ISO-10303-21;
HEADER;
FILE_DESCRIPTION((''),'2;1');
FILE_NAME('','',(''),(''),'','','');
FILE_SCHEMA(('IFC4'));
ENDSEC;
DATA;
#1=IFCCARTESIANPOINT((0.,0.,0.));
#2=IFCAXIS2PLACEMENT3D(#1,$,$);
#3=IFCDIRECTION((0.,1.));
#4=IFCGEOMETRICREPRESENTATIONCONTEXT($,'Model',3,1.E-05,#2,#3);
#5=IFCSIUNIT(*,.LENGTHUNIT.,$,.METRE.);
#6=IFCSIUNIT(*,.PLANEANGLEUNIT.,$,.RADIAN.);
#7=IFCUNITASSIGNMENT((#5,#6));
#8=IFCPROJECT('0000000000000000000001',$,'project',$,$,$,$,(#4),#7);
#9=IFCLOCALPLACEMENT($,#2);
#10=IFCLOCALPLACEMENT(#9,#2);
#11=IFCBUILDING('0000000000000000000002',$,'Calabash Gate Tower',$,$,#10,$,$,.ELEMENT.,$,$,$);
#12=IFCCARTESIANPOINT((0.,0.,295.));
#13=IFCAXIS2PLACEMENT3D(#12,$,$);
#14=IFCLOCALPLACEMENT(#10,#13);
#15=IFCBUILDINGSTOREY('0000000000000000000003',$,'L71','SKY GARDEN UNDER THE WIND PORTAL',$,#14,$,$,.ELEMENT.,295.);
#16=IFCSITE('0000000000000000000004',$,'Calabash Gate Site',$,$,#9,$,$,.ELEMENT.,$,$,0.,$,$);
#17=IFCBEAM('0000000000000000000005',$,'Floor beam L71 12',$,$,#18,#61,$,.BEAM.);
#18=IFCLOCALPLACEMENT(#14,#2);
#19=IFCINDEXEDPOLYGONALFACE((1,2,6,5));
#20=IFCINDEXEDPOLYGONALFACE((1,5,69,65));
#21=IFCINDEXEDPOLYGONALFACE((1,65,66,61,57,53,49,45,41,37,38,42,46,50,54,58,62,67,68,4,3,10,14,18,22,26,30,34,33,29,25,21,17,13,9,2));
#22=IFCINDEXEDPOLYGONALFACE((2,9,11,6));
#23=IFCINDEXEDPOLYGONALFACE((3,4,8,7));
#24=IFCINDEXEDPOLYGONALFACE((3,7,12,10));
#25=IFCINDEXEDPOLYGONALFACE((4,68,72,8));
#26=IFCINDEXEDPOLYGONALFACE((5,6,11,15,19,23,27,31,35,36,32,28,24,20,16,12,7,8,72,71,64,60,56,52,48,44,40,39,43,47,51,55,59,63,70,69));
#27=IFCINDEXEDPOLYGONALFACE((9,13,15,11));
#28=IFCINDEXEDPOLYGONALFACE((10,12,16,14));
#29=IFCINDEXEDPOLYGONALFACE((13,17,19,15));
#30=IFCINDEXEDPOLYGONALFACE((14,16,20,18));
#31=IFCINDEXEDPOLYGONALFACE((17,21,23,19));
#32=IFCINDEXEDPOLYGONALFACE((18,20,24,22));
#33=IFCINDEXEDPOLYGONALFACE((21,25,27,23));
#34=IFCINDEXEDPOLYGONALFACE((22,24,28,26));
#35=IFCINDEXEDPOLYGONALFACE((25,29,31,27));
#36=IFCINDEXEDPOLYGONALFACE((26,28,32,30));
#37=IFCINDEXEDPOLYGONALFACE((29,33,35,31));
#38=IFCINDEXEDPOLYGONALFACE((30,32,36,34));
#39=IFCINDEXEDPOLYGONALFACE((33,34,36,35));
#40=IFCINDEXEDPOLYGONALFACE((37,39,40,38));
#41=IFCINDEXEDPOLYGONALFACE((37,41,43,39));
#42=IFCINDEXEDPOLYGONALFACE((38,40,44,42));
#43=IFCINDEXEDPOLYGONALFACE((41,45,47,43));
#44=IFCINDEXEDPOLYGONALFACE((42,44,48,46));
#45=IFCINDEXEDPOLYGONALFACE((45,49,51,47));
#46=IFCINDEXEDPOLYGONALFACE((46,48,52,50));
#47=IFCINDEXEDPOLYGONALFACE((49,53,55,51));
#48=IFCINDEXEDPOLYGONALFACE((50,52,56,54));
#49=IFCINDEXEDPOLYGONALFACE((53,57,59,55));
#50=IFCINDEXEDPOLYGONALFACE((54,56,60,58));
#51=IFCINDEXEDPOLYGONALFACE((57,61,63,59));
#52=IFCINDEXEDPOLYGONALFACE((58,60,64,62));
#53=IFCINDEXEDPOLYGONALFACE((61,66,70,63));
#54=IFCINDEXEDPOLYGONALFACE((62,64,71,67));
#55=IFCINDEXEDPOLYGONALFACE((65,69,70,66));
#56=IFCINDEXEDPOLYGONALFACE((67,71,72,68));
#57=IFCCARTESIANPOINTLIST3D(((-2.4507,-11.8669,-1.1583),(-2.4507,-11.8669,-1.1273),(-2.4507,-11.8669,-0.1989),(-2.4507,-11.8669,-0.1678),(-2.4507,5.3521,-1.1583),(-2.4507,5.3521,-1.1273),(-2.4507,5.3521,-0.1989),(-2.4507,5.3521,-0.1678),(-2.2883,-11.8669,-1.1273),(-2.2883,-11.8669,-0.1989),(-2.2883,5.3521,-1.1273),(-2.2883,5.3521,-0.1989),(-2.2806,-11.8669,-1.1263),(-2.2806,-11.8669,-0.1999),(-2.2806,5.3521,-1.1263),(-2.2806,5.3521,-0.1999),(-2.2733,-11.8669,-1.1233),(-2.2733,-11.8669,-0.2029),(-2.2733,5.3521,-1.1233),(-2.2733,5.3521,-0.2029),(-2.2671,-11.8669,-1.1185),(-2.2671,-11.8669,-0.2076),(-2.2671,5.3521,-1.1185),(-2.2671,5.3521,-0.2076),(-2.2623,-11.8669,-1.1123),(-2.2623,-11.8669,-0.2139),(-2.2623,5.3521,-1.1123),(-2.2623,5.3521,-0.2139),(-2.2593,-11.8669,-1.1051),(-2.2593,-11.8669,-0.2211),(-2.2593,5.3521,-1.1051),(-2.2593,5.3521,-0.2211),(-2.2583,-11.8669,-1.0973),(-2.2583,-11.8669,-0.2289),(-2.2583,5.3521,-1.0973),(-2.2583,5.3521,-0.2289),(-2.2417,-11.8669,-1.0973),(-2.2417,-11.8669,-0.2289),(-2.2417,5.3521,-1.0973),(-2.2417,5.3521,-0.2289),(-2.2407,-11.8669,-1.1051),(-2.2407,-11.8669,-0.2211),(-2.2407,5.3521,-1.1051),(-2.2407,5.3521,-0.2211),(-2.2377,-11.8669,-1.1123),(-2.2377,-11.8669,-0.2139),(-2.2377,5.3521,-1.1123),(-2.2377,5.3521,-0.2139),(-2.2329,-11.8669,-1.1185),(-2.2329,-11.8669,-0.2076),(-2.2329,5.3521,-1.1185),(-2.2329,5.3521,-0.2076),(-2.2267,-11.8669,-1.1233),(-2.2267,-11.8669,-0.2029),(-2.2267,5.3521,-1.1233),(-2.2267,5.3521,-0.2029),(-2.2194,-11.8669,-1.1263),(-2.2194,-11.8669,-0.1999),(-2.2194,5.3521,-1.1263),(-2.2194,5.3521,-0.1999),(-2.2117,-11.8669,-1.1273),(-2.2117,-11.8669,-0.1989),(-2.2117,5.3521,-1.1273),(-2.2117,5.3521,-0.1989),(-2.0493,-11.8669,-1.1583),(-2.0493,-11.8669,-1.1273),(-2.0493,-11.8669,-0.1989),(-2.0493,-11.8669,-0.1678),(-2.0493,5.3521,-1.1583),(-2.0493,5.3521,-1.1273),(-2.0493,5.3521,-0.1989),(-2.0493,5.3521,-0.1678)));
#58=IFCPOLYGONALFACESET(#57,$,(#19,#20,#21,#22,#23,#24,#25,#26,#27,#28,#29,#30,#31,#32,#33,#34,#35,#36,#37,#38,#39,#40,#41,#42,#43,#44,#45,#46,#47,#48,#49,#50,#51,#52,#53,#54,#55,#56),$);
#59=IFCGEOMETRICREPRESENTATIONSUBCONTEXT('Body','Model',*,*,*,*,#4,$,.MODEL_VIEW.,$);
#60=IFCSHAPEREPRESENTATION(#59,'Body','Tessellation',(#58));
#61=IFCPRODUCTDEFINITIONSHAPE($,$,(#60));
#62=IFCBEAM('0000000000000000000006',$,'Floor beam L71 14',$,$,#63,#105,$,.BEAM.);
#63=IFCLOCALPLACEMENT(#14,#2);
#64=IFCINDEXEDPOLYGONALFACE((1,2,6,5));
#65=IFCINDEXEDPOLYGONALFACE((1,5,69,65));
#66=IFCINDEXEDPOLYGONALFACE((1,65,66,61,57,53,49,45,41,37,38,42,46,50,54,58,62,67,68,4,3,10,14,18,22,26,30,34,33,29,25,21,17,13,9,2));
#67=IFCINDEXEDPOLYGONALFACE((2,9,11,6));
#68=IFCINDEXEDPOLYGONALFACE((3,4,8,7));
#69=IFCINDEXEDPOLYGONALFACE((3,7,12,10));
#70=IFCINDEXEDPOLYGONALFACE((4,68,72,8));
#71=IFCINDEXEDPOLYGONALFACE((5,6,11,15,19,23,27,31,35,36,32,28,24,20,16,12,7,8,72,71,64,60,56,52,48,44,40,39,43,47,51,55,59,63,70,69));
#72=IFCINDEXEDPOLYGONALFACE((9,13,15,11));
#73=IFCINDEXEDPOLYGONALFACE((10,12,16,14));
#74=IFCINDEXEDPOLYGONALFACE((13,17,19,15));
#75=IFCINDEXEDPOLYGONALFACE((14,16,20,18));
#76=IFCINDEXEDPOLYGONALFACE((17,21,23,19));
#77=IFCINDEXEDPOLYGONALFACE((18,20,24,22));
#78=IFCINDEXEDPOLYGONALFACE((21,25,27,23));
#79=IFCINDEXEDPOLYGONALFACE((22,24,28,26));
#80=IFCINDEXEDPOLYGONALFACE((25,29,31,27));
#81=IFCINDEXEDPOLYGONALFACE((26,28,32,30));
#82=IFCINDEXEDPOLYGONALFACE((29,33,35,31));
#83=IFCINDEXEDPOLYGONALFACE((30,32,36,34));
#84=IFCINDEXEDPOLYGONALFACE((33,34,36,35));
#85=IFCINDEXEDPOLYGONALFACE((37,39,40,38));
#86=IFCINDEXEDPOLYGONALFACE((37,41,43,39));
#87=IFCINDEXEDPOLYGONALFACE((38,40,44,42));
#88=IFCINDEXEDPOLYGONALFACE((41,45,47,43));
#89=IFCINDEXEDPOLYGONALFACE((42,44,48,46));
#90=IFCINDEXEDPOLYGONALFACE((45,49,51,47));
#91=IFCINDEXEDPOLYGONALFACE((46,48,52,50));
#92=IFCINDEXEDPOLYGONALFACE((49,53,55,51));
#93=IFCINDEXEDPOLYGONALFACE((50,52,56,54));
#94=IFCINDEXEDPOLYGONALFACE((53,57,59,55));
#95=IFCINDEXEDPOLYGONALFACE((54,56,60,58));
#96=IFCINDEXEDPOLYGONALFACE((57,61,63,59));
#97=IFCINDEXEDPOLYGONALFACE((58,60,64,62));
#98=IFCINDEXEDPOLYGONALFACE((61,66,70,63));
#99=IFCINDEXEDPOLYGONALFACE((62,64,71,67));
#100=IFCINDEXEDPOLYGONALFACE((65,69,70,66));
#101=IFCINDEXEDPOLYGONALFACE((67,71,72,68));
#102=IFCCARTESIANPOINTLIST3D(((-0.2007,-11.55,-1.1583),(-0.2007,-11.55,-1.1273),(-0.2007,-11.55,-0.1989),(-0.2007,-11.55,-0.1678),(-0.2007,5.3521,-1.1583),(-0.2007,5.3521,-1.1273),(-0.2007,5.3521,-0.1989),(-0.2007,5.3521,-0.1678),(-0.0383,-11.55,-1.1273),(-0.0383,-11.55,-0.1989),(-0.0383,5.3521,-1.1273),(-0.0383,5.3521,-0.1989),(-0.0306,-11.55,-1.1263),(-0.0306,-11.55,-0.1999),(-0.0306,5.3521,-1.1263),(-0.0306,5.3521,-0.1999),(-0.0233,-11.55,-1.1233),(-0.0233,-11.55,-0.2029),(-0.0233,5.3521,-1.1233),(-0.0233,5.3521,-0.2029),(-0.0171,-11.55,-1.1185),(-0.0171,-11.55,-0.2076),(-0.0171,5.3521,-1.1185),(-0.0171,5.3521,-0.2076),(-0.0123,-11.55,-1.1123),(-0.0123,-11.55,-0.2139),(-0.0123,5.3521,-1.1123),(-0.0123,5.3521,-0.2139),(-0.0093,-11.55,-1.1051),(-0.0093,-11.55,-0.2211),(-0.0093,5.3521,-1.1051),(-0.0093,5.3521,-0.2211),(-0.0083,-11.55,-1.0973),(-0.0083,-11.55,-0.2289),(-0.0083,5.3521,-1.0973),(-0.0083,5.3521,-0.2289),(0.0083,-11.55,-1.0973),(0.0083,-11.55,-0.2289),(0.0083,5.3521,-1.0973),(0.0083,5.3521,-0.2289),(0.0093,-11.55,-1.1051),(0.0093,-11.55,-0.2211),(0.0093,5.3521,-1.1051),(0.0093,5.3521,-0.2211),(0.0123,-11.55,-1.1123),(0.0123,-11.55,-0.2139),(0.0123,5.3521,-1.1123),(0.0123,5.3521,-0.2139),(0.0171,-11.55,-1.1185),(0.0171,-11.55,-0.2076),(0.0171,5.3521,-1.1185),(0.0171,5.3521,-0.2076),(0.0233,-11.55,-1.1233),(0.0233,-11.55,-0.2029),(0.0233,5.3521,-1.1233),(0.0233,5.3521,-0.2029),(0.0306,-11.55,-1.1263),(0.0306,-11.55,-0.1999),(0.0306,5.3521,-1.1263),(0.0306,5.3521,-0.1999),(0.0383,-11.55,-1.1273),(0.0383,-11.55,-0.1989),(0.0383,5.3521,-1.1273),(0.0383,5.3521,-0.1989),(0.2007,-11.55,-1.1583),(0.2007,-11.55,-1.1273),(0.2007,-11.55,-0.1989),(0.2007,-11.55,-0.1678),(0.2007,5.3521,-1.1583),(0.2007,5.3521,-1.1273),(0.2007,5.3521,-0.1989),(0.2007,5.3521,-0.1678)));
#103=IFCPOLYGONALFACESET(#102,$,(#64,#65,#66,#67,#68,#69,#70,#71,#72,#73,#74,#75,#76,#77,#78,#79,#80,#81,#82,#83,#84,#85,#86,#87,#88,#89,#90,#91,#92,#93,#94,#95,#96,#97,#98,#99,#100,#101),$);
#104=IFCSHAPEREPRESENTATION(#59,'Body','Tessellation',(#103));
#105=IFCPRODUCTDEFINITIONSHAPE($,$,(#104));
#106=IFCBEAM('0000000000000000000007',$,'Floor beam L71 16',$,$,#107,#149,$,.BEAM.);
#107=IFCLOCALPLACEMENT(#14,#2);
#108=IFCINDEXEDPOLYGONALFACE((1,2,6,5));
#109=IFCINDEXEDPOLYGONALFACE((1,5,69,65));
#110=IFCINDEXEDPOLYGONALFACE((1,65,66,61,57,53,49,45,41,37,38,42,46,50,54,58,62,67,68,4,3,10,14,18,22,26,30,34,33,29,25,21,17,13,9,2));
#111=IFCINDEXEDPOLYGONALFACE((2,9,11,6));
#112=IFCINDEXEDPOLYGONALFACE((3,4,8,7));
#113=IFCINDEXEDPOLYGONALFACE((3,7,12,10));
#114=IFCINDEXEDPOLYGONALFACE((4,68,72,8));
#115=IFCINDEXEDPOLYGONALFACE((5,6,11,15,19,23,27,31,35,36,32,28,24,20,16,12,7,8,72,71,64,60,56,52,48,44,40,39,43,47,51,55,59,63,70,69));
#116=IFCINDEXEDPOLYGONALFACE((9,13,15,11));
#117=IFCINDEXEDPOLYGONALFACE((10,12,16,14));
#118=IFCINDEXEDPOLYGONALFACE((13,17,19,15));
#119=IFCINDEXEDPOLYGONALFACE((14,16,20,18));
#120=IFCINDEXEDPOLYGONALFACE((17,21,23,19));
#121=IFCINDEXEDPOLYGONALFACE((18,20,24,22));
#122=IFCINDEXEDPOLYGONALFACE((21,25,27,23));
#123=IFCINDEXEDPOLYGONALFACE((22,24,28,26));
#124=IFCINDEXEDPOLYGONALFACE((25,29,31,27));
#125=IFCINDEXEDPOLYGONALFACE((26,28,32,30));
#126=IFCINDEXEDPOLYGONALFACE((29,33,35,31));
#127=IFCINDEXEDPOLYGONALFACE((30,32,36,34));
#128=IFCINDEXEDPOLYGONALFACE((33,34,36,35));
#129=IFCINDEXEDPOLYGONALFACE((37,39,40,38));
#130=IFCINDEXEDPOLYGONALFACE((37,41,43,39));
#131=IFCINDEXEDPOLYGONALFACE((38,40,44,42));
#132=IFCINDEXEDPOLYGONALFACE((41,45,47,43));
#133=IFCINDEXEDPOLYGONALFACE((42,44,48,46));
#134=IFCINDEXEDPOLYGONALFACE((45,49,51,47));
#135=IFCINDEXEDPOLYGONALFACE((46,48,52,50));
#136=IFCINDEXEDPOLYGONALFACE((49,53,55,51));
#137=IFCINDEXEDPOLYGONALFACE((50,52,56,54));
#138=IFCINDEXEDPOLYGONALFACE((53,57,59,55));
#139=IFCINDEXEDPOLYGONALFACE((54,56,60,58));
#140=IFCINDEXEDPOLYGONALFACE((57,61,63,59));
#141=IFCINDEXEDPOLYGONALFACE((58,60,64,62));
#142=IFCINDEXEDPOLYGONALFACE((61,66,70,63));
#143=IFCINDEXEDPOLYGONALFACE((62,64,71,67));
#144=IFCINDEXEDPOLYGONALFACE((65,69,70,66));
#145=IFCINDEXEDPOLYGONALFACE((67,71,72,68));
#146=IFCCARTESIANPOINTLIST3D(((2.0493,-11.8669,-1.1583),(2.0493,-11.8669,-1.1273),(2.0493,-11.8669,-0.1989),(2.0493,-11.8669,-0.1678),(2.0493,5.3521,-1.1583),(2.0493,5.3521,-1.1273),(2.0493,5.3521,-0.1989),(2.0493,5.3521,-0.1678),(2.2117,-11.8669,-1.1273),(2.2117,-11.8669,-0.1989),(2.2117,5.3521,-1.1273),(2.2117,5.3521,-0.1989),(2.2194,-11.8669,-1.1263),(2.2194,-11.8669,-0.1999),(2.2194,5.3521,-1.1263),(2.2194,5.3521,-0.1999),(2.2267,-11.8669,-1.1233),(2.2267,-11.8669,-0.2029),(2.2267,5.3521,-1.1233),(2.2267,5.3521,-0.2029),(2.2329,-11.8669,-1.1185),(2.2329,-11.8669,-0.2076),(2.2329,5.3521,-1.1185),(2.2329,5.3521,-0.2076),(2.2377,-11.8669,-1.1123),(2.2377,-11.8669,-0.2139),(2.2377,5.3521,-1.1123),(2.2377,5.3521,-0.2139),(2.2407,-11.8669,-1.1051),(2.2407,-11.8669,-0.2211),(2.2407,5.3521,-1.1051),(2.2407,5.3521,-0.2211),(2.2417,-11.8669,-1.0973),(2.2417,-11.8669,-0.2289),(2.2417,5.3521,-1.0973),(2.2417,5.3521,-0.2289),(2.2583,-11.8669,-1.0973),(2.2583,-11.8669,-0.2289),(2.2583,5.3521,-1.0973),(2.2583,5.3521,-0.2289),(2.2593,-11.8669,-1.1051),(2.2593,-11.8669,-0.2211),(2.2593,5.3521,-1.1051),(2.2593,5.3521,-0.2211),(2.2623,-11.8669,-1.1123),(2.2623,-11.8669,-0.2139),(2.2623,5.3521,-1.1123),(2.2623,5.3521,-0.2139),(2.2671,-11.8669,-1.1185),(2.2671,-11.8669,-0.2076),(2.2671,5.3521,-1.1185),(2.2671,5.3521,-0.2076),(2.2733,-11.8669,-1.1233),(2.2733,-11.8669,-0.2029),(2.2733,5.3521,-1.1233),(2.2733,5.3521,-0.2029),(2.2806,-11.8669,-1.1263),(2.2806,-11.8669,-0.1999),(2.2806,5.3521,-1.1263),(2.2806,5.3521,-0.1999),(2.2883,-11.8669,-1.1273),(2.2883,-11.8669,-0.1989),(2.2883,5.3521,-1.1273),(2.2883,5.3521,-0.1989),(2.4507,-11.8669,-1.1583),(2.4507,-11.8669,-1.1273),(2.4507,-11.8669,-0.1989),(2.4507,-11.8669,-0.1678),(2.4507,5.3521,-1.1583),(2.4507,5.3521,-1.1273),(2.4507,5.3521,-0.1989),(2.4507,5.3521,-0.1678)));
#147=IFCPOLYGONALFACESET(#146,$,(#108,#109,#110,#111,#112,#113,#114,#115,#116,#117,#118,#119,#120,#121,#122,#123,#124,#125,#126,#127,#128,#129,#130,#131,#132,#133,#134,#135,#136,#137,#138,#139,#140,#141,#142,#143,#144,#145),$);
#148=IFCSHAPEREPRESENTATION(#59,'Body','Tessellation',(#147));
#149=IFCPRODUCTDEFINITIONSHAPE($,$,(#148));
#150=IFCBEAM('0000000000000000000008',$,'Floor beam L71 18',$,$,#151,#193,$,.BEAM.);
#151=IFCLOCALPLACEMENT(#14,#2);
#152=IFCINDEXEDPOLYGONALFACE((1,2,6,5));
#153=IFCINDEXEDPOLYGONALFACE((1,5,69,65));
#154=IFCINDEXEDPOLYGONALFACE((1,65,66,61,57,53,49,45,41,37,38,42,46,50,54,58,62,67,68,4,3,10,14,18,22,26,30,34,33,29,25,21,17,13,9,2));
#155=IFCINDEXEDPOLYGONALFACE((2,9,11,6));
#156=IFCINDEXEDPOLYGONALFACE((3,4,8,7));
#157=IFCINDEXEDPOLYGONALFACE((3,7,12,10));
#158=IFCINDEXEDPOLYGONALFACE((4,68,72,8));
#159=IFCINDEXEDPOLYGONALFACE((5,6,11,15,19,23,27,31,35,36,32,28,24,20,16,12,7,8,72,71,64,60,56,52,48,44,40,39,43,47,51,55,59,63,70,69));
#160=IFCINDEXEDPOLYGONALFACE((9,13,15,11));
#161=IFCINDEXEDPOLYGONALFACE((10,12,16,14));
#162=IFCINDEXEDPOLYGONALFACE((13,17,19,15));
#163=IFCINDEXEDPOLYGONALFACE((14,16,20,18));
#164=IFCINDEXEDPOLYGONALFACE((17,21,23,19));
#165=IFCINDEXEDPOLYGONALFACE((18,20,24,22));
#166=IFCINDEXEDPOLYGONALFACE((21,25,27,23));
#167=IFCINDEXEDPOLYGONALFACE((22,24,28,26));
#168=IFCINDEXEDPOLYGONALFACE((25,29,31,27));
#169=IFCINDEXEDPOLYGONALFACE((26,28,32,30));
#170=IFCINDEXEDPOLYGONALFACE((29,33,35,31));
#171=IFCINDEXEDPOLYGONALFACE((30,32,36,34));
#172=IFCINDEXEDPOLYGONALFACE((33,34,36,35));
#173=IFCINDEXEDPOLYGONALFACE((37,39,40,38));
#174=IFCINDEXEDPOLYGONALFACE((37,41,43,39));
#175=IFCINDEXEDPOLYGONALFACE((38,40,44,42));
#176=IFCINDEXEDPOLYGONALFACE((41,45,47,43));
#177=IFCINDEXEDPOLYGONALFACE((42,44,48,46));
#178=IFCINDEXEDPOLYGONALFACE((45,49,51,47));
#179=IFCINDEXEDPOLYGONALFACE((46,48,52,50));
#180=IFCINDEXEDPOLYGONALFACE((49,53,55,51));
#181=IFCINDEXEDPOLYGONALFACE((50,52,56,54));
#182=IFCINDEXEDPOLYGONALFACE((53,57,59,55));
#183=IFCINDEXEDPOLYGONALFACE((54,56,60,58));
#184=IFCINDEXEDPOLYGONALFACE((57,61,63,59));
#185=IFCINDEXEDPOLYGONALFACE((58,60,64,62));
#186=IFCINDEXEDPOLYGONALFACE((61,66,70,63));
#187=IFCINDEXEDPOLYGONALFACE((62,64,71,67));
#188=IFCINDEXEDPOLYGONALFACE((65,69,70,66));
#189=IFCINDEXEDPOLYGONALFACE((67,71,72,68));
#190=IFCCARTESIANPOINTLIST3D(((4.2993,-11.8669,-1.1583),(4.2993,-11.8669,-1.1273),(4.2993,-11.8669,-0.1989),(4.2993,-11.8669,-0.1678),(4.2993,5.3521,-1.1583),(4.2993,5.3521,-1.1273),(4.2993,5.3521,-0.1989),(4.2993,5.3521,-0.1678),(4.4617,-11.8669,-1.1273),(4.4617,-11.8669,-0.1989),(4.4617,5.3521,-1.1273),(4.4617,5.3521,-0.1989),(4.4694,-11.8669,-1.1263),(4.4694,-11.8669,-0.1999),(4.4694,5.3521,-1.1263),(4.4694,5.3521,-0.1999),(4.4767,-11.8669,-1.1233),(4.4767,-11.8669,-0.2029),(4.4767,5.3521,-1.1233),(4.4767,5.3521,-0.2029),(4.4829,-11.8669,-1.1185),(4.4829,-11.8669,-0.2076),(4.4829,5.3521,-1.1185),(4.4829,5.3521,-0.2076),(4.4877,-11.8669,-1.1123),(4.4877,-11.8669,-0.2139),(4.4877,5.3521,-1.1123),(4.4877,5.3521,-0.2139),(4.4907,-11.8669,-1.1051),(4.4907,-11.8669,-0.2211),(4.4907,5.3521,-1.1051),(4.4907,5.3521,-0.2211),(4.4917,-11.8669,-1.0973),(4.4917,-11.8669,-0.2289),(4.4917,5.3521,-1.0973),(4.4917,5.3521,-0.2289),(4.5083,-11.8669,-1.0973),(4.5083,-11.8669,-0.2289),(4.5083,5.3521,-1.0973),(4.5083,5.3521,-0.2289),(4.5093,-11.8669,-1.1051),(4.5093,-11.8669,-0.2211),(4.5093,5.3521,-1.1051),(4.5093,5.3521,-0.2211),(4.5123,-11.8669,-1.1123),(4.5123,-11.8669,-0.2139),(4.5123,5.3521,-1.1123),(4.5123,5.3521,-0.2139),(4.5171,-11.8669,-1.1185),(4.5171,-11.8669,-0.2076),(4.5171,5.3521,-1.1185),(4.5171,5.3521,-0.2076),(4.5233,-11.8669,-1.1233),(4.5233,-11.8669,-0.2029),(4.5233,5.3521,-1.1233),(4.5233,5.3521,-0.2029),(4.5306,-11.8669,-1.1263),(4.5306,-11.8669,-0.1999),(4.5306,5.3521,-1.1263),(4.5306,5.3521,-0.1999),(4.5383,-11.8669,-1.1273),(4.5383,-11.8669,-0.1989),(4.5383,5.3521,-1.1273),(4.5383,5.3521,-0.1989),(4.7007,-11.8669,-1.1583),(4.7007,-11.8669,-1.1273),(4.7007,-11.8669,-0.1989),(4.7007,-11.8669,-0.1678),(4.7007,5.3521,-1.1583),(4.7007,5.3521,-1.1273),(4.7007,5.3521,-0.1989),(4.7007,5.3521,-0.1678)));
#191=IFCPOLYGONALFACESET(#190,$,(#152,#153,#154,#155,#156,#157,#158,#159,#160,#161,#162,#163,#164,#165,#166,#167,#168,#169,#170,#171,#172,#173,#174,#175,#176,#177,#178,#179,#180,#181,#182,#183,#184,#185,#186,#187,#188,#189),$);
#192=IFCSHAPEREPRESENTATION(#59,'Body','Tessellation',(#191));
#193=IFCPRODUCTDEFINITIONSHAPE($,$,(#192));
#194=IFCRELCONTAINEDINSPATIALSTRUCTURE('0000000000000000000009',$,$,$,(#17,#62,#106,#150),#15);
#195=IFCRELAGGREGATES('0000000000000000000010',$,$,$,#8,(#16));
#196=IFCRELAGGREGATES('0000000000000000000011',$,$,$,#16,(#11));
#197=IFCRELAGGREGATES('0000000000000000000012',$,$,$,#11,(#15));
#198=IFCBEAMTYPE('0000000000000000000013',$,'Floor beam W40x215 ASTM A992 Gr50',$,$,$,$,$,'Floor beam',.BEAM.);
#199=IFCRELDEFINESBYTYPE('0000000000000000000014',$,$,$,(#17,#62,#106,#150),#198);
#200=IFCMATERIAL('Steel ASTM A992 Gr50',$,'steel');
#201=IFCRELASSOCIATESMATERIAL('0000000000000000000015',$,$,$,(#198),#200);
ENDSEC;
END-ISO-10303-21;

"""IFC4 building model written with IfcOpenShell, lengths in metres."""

from ifc_helpers import new_model, si_unit, direction, frame, origin, origin_2d, place, context, subcontext, project, spatial, i_section, extrude, material, material_profile, profile_set, type_object, element, save


model = new_model("IFC4")

# Units and contexts
model_context = context("Model", 3, precision=1e-05, world=origin(), true_north=direction((0.0, 1.0)))
body_context = subcontext(model_context, "Body", "Model", "MODEL_VIEW")
ifc_project = project(units=[si_unit("LENGTHUNIT", "METRE"), si_unit("PLANEANGLEUNIT", "RADIAN")], contexts=[model_context])

# Site, building, storey
site_placement = place(None, origin())
site = spatial("IfcSite", under=ifc_project, at=site_placement, Name="Calabash Gate Site", CompositionType="ELEMENT", RefElevation=0.0)
building_placement = place(site_placement, origin())
building = spatial("IfcBuilding", under=site, at=building_placement, Name="Calabash Gate Tower", CompositionType="ELEMENT")
storey_placement = place(building_placement, frame((0.0, 0.0, 295.0)))
storey = spatial("IfcBuildingStorey", under=building, at=storey_placement, Name="L71", Description="SKY GARDEN UNDER THE WIND PORTAL", CompositionType="ELEMENT", Elevation=295.0)

# Beams
ifc_material_1 = material(Name="Steel ASTM A992 Gr50", Category="steel")
ifc_material_profile_1 = material_profile(ifc_material_1, i_section(OverallWidth=0.4014, OverallDepth=0.9905, WebThickness=0.0166, FlangeThickness=0.031, FilletRadius=0.03, at=origin_2d()))
ifc_profile_set_1 = profile_set([ifc_material_profile_1], Name="Steel ASTM A992 Gr50")
beam_type_1 = type_object("IfcBeamType", Name="Floor beam W40x215 ASTM A992 Gr50", ElementType="Floor beam", PredefinedType="BEAM", material=ifc_profile_set_1)
for number, where, z_axis, x_axis, name in (
    (1, (-2.25, -11.8669, -0.6631), (0.0, 1.0, 0.0), (-1.0, 0.0, 0.0), "Floor beam L71 12"),
):
    element("IfcBeam", number, at=place(storey_placement, frame(where, z_axis=z_axis, x_axis=x_axis)), inside=storey, type_object=beam_type_1, Name=name, PredefinedType="BEAM", context=body_context, shape_type="SweptSolid", body=[
        extrude(i_section(OverallWidth=0.4014, OverallDepth=0.9905, WebThickness=0.0166, FlangeThickness=0.031, FilletRadius=0.03, at=origin_2d()), origin(), (0.0, 0.0, 1.0), 17.219),
    ])
beam_1_placement = place(storey_placement, frame((0.0, -11.55, -0.6631), z_axis=(0.0, 1.0, 0.0), x_axis=(-1.0, 0.0, 0.0)))
element("IfcBeam", 2, at=beam_1_placement, inside=storey, type_object=beam_type_1, Name="Floor beam L71 14", PredefinedType="BEAM", context=body_context, shape_type="SweptSolid", body=[
    extrude(i_section(OverallWidth=0.4014, OverallDepth=0.9905, WebThickness=0.0166, FlangeThickness=0.031, FilletRadius=0.03, at=origin_2d()), origin(), (0.0, 0.0, 1.0), 16.9021),
])
for number, where, z_axis, x_axis, name in (
    (3, (2.25, -11.8669, -0.6631), (0.0, 1.0, 0.0), (-1.0, 0.0, 0.0), "Floor beam L71 16"),
    (4, (4.5, -11.8669, -0.6631), (0.0, 1.0, 0.0), (-1.0, 0.0, 0.0), "Floor beam L71 18"),
):
    element("IfcBeam", number, at=place(storey_placement, frame(where, z_axis=z_axis, x_axis=x_axis)), inside=storey, type_object=beam_type_1, Name=name, PredefinedType="BEAM", context=body_context, shape_type="SweptSolid", body=[
        extrude(i_section(OverallWidth=0.4014, OverallDepth=0.9905, WebThickness=0.0166, FlangeThickness=0.031, FilletRadius=0.03, at=origin_2d()), origin(), (0.0, 0.0, 1.0), 17.219),
    ])

save(model, "model.ifc")
